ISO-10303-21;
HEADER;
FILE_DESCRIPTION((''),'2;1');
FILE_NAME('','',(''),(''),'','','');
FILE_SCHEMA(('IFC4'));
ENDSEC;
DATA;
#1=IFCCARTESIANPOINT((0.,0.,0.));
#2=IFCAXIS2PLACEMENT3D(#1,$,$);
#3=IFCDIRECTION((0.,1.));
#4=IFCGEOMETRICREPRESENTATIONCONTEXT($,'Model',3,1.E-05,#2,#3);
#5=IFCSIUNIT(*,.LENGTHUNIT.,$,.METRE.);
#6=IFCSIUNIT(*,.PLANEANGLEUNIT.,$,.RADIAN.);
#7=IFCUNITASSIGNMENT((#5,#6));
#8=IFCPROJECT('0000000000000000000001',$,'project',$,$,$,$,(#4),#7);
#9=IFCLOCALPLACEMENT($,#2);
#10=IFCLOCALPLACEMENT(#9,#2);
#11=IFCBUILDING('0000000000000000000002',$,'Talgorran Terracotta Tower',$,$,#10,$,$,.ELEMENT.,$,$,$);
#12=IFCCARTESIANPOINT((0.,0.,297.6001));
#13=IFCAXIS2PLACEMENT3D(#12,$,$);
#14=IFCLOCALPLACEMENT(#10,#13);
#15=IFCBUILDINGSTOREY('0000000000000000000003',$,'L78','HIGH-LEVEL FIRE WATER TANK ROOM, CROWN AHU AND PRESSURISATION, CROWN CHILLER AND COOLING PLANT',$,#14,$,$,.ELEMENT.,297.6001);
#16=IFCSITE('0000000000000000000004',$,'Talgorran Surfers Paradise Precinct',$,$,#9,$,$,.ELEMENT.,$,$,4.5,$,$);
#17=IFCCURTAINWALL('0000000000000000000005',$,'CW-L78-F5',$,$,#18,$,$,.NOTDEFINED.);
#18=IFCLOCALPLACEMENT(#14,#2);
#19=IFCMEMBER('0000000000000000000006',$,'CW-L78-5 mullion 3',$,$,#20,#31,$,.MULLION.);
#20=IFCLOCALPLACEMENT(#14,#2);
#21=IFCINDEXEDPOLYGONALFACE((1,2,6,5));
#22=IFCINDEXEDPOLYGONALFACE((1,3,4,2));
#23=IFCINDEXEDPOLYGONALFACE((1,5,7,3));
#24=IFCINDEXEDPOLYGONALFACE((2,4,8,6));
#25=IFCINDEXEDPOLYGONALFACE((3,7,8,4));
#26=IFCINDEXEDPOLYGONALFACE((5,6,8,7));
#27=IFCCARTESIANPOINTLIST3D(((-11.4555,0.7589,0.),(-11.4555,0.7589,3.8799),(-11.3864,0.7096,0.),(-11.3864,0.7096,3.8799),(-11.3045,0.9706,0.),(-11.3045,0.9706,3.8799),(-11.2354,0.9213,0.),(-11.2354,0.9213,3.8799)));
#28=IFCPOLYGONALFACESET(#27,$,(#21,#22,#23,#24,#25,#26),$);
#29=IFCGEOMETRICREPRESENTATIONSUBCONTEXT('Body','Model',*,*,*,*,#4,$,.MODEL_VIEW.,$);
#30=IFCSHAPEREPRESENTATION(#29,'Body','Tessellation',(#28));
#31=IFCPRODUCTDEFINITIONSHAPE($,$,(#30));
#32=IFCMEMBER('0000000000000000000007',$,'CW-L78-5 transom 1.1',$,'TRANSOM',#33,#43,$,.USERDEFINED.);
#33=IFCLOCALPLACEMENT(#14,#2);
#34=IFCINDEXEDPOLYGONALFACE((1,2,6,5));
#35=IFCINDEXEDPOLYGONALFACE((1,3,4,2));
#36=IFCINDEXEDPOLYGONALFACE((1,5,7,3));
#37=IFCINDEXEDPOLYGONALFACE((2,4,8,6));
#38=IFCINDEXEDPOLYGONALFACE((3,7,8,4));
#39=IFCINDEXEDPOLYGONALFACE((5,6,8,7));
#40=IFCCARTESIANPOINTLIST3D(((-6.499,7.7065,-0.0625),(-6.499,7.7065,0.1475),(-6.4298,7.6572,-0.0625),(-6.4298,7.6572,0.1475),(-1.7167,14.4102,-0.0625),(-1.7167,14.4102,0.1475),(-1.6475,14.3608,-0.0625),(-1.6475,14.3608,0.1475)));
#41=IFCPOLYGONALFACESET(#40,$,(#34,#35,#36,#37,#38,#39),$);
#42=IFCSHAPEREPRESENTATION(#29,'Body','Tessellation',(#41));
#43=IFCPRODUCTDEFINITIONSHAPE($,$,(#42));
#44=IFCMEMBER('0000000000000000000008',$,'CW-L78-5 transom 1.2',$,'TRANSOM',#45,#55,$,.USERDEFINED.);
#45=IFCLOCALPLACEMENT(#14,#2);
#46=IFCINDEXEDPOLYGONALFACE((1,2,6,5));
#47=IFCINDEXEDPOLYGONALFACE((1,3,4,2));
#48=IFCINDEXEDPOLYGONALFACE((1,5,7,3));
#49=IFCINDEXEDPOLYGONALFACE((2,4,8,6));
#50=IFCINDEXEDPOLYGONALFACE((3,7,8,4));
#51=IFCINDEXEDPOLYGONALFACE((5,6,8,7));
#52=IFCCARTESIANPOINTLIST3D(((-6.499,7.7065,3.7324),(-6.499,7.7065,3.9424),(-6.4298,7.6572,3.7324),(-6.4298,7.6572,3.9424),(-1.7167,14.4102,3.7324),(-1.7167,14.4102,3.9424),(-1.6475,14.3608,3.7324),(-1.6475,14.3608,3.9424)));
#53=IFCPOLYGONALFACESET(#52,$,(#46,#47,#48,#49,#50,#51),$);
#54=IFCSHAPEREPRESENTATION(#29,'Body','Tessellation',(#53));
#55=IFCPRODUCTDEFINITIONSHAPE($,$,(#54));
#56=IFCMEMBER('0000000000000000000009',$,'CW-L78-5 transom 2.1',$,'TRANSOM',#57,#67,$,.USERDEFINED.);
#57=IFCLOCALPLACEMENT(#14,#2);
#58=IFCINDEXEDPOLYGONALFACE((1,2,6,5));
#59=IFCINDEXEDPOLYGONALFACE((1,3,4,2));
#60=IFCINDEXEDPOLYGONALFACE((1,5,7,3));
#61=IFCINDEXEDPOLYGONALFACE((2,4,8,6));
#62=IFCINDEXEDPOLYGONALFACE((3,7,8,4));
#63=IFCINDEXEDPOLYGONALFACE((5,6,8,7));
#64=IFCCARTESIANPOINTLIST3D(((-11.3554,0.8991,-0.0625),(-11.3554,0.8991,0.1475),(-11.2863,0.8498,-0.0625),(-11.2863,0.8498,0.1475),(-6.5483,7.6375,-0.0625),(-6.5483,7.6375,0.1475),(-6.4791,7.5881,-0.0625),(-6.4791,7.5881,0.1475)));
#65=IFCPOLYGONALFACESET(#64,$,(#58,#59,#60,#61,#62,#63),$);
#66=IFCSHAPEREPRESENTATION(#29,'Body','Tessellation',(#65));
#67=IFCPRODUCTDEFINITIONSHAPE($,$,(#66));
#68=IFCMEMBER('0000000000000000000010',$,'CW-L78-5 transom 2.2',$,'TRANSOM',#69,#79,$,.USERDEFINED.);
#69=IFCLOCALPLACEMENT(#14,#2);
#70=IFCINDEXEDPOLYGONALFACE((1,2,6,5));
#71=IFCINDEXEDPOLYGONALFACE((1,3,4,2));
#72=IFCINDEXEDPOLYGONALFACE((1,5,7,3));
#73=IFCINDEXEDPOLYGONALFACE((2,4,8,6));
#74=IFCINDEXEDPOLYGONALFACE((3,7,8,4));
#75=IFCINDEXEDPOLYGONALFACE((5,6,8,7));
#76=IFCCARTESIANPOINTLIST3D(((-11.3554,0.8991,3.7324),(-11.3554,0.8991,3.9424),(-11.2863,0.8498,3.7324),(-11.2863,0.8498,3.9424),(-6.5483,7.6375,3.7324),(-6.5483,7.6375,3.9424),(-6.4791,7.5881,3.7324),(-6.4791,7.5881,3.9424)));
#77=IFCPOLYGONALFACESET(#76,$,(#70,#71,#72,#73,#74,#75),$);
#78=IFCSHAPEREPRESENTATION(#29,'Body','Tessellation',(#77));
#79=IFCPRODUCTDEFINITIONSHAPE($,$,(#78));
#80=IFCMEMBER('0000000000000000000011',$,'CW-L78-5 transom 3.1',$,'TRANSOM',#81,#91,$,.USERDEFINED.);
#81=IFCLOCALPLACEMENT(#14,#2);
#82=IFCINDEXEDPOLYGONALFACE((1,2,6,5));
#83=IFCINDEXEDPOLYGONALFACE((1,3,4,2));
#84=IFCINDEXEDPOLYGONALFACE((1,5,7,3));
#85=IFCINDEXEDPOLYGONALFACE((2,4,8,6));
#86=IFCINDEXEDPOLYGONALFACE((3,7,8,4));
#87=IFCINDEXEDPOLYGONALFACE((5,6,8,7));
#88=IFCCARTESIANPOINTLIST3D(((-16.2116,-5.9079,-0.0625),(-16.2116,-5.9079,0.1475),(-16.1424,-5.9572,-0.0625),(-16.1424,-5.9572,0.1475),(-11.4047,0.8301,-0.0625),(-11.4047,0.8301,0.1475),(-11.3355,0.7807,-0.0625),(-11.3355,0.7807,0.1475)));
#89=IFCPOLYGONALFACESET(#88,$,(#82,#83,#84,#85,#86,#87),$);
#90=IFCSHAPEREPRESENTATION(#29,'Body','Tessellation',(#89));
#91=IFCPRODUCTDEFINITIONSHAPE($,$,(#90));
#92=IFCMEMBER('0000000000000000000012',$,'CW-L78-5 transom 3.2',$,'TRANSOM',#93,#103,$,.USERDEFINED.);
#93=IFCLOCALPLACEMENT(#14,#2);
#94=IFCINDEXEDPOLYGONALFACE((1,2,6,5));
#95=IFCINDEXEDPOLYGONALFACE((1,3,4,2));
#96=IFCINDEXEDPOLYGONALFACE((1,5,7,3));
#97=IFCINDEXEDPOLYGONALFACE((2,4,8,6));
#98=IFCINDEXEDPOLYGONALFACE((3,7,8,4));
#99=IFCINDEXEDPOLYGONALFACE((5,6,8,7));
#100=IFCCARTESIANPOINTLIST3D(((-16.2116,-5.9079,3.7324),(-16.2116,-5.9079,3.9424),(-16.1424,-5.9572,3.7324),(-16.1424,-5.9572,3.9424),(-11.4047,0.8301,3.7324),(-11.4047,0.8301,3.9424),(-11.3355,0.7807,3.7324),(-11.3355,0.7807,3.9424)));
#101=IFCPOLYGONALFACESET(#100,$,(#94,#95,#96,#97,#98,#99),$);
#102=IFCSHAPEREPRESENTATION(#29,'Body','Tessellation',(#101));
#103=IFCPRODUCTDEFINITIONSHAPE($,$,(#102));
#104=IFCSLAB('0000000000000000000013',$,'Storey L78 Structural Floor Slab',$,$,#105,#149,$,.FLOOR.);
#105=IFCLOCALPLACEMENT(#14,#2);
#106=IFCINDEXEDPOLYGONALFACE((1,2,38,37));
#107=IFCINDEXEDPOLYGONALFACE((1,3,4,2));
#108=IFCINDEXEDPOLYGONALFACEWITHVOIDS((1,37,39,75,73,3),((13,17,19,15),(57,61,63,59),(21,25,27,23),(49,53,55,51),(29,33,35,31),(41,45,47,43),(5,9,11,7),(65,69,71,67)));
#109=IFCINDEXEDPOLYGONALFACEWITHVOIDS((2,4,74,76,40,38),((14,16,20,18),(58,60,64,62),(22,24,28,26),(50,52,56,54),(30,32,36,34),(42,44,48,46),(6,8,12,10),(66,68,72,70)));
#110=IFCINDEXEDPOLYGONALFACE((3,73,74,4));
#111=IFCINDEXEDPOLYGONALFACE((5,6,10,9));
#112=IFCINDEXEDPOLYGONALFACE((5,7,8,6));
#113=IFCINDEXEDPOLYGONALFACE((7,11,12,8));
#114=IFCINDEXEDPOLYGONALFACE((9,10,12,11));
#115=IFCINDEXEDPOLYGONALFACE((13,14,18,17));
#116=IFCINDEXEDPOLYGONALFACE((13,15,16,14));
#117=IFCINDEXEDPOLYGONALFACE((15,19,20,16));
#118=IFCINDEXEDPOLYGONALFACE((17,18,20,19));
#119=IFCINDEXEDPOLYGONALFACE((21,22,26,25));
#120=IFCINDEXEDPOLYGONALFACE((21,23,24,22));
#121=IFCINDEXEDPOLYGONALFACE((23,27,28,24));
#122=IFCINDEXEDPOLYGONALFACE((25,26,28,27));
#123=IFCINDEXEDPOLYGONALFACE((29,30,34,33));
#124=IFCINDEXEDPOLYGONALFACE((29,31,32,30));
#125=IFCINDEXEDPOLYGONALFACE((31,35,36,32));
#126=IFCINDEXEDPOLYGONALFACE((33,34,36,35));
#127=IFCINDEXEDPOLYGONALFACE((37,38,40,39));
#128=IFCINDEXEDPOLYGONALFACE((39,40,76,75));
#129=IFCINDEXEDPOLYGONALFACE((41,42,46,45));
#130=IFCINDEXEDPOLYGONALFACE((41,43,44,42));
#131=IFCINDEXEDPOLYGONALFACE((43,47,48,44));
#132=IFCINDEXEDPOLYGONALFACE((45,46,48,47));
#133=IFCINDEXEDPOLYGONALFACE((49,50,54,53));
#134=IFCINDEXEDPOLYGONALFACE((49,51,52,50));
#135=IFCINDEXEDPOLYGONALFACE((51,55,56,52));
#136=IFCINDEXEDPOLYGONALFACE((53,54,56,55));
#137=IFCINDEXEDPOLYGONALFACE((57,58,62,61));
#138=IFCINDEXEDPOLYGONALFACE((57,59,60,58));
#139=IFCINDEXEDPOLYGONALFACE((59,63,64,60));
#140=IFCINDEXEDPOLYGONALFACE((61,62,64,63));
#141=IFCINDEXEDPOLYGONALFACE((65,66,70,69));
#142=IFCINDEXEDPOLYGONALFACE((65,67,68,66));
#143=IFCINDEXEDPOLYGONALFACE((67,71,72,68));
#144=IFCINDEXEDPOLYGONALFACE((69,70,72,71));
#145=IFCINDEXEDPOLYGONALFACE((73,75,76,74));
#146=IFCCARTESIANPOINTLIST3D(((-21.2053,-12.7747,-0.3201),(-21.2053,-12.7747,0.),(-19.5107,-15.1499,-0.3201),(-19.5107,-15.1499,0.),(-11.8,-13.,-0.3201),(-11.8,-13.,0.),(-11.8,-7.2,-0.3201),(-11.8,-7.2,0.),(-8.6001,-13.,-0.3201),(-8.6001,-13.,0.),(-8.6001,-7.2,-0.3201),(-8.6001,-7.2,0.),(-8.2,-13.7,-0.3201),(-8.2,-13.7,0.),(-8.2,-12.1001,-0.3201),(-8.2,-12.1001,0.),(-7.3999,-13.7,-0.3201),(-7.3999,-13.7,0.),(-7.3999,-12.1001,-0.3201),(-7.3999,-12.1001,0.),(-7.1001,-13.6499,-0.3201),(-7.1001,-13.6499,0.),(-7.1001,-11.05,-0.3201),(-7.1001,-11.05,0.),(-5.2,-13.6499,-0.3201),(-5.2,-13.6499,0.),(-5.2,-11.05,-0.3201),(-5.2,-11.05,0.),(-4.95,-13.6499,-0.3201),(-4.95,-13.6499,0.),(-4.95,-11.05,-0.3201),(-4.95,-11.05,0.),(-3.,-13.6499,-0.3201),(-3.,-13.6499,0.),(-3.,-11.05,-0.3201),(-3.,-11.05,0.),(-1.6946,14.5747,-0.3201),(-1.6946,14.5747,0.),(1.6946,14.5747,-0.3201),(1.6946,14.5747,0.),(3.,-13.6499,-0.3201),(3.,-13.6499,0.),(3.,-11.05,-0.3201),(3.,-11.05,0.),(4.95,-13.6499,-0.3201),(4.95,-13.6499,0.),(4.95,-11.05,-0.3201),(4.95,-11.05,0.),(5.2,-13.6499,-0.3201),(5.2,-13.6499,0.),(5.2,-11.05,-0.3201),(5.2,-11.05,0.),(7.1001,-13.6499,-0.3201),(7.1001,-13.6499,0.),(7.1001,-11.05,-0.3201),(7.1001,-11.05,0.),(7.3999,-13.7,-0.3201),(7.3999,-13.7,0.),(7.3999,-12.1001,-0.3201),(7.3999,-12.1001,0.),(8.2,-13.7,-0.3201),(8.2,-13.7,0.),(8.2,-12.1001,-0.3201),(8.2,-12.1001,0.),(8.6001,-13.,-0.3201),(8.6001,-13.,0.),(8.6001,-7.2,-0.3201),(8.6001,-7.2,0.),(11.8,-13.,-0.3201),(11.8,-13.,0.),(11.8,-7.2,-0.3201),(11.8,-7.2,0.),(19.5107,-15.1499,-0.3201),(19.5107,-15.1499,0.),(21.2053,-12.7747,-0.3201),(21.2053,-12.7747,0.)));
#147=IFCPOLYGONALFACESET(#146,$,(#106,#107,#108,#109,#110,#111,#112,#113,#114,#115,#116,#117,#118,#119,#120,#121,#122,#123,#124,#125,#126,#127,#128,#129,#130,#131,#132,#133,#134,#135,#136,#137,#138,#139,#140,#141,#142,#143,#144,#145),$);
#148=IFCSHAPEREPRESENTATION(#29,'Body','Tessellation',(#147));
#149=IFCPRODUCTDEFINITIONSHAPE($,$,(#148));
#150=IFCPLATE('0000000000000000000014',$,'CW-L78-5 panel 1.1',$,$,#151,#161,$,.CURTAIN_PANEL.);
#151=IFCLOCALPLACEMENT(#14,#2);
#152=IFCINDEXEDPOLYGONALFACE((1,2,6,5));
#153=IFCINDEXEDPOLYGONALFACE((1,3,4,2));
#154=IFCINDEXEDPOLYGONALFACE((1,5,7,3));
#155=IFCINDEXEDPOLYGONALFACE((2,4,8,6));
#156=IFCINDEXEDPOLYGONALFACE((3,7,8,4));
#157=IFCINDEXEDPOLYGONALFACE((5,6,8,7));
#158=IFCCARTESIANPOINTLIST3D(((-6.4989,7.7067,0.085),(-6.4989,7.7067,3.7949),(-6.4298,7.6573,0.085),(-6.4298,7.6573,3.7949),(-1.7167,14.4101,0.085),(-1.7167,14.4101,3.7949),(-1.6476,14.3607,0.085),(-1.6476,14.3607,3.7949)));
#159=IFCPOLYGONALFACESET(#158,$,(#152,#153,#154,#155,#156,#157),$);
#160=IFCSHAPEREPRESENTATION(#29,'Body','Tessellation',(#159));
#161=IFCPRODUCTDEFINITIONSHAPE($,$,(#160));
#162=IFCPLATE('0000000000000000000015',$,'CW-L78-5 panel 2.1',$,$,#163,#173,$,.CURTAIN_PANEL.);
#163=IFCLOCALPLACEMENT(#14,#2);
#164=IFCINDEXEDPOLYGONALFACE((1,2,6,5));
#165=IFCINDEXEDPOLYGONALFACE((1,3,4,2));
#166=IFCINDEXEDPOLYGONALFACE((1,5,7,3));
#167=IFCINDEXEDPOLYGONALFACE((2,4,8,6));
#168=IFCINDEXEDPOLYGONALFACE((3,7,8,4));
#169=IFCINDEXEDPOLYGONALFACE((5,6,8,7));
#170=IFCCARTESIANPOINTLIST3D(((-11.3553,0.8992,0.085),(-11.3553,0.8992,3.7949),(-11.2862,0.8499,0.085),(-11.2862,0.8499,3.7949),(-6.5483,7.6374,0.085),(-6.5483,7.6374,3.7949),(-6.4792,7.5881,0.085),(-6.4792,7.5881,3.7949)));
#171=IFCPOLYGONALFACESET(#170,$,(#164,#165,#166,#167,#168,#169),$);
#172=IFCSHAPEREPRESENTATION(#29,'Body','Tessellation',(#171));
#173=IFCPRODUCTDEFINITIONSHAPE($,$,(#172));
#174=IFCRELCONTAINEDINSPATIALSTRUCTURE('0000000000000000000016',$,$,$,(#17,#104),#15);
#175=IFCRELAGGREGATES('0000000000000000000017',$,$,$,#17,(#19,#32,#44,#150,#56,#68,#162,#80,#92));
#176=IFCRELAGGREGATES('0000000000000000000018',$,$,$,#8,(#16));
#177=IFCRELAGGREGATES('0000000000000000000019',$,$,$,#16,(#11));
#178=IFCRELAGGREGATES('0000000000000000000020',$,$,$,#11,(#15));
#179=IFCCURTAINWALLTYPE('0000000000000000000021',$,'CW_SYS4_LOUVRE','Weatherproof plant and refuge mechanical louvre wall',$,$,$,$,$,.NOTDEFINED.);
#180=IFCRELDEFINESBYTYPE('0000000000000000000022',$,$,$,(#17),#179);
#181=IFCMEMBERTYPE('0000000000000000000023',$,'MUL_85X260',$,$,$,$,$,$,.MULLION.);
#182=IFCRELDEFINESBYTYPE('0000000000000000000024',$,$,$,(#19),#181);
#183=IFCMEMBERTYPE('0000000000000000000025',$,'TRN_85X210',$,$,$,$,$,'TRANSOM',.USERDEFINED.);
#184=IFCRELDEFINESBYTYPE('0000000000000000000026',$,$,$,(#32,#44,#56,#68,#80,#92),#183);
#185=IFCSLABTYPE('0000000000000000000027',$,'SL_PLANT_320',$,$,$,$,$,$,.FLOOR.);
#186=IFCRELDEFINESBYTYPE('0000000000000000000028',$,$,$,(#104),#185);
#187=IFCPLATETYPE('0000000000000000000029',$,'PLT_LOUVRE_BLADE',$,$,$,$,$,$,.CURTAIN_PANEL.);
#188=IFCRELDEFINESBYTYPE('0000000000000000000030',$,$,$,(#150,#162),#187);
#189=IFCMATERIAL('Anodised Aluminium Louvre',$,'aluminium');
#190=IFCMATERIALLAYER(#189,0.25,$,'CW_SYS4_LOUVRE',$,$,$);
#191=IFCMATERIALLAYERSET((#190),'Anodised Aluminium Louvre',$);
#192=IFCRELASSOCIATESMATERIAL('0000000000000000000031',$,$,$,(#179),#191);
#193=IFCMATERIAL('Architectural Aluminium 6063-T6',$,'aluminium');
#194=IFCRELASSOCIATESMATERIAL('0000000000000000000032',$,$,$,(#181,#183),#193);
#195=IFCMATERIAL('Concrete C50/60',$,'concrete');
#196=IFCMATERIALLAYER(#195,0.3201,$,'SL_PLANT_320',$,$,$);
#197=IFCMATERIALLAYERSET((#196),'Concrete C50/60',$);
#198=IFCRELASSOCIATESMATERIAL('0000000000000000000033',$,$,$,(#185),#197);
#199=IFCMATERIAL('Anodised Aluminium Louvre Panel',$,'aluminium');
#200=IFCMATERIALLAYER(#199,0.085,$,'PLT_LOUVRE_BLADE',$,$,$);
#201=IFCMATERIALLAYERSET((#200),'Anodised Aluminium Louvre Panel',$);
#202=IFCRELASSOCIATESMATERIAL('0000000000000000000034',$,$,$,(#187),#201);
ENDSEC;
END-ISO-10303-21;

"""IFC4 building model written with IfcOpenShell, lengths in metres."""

from ifc_helpers import new_model, si_unit, direction, frame, origin, origin_2d, place, context, subcontext, project, spatial, polyline, rectangle, outline, extrude, source, transform, mapped, material, layer, layer_set, material_profile, profile_set, type_object, type_shapes, element, aggregate, save


model = new_model("IFC4")

# Units and contexts
model_context = context("Model", 3, precision=1e-05, world=origin(), true_north=direction((0.0, 1.0)))
body_context = subcontext(model_context, "Body", "Model", "MODEL_VIEW")
ifc_project = project(units=[si_unit("LENGTHUNIT", "METRE"), si_unit("PLANEANGLEUNIT", "RADIAN")], contexts=[model_context])

# Site, building, storey
site_placement = place(None, origin())
site = spatial("IfcSite", under=ifc_project, at=site_placement, Name="Talgorran Surfers Paradise Precinct", CompositionType="ELEMENT", RefElevation=4.5)
building_placement = place(site_placement, origin())
building = spatial("IfcBuilding", under=site, at=building_placement, Name="Talgorran Terracotta Tower", CompositionType="ELEMENT")
storey_placement = place(building_placement, frame((0.0, 0.0, 297.6001)))
storey = spatial("IfcBuildingStorey", under=building, at=storey_placement, Name="L78", Description="HIGH-LEVEL FIRE WATER TANK ROOM, CROWN AHU AND PRESSURISATION, CROWN CHILLER AND COOLING PLANT", CompositionType="ELEMENT", Elevation=297.6001)

# Shared definitions
ifc_material_1 = material(Name="Anodised Aluminium Louvre", Category="aluminium")
ifc_layer_1 = layer(ifc_material_1, 0.25, Name="CW_SYS4_LOUVRE")
ifc_layer_set_1 = layer_set([ifc_layer_1], Name="Anodised Aluminium Louvre")
curtain_wall_type = type_object("IfcCurtainWallType", Name="CW_SYS4_LOUVRE", Description="Weatherproof plant and refuge mechanical louvre wall", PredefinedType="NOTDEFINED", material=ifc_layer_set_1)
ifc_material_2 = material(Name="Architectural Aluminium 6063-T6", Category="aluminium")
ifc_material_profile_1 = material_profile(ifc_material_2, rectangle(XDim=0.085, YDim=0.26, at=origin_2d()), Name="CWM85X260")
ifc_profile_set_1 = profile_set([ifc_material_profile_1], Name="Architectural Aluminium 6063-T6")
member_type_1 = type_object("IfcMemberType", Name="MUL_85X260", PredefinedType="MULLION", material=ifc_profile_set_1)

# Curtain wall, members
curtain_wall_1_placement = place(storey_placement, origin())
curtain_wall_1 = element("IfcCurtainWall", 1, at=curtain_wall_1_placement, inside=storey, type_object=curtain_wall_type, Name="CW-L78-F5", PredefinedType="NOTDEFINED")
member_1_placement = place(storey_placement, frame((-11.3455, 0.8401, 0.0), z_axis=(0.0, 0.0, 1.0), x_axis=(0.814076, -0.580758, 0.0)))
member_1 = element("IfcMember", 2, at=member_1_placement, type_object=member_type_1, Name="CW-L78-5 mullion 3", PredefinedType="MULLION", context=body_context, shape_type="SweptSolid", body=[
    extrude(rectangle(XDim=0.085, YDim=0.26, at=origin_2d()), origin(), (0.0, 0.0, 1.0), 3.8799),
])
ifc_material_profile_2 = material_profile(ifc_material_2, rectangle(XDim=0.085, YDim=0.21, at=origin_2d()), Name="CWT85X210")
ifc_profile_set_2 = profile_set([ifc_material_profile_2], Name="Architectural Aluminium 6063-T6")
member_type_2 = type_object("IfcMemberType", Name="TRN_85X210", ElementType="TRANSOM", PredefinedType="USERDEFINED", material=ifc_profile_set_2)
member_2_placement = place(storey_placement, frame((-1.6821, 14.3855, 0.0425), z_axis=(-0.58075, -0.814082, 0.0), x_axis=(0.814082, -0.58075, 0.0)))
member_2 = element("IfcMember", 3, at=member_2_placement, type_object=member_type_2, Name="CW-L78-5 transom 1.1", ObjectType="TRANSOM", PredefinedType="USERDEFINED", context=body_context, shape_type="SweptSolid", body=[
    extrude(rectangle(XDim=0.085, YDim=0.21, at=origin_2d()), origin(), (0.0, 0.0, 1.0), 8.2346),
])
member_3_placement = place(storey_placement, frame((-1.6821, 14.3855, 3.8374), z_axis=(-0.58075, -0.814082, 0.0), x_axis=(0.814082, -0.58075, 0.0)))
member_3 = element("IfcMember", 4, at=member_3_placement, type_object=member_type_2, Name="CW-L78-5 transom 1.2", ObjectType="TRANSOM", PredefinedType="USERDEFINED", context=body_context, shape_type="SweptSolid", body=[
    extrude(rectangle(XDim=0.085, YDim=0.21, at=origin_2d()), origin(), (0.0, 0.0, 1.0), 8.2346),
])
member_4_placement = place(storey_placement, frame((-6.5137, 7.6128, 0.0425), z_axis=(-0.580764, -0.814072, 0.0), x_axis=(0.814072, -0.580764, 0.0)))
member_4 = element("IfcMember", 5, at=member_4_placement, type_object=member_type_2, Name="CW-L78-5 transom 2.1", ObjectType="TRANSOM", PredefinedType="USERDEFINED", context=body_context, shape_type="SweptSolid", body=[
    extrude(rectangle(XDim=0.085, YDim=0.21, at=origin_2d()), origin(), (0.0, 0.0, 1.0), 8.2773),
])
member_5_placement = place(storey_placement, frame((-6.5137, 7.6128, 3.8374), z_axis=(-0.580764, -0.814072, 0.0), x_axis=(0.814072, -0.580764, 0.0)))
member_5 = element("IfcMember", 6, at=member_5_placement, type_object=member_type_2, Name="CW-L78-5 transom 2.2", ObjectType="TRANSOM", PredefinedType="USERDEFINED", context=body_context, shape_type="SweptSolid", body=[
    extrude(rectangle(XDim=0.085, YDim=0.21, at=origin_2d()), origin(), (0.0, 0.0, 1.0), 8.2773),
])
member_6_placement = place(storey_placement, frame((-11.3701, 0.8054, 0.0425), z_axis=(-0.580758, -0.814076, 0.0), x_axis=(0.814076, -0.580758, 0.0)))
member_6 = element("IfcMember", 7, at=member_6_placement, type_object=member_type_2, Name="CW-L78-5 transom 3.1", ObjectType="TRANSOM", PredefinedType="USERDEFINED", context=body_context, shape_type="SweptSolid", body=[
    extrude(rectangle(XDim=0.085, YDim=0.21, at=origin_2d()), origin(), (0.0, 0.0, 1.0), 8.2769),
])
member_7_placement = place(storey_placement, frame((-11.3701, 0.8054, 3.8374), z_axis=(-0.580758, -0.814076, 0.0), x_axis=(0.814076, -0.580758, 0.0)))
member_7 = element("IfcMember", 8, at=member_7_placement, type_object=member_type_2, Name="CW-L78-5 transom 3.2", ObjectType="TRANSOM", PredefinedType="USERDEFINED", context=body_context, shape_type="SweptSolid", body=[
    extrude(rectangle(XDim=0.085, YDim=0.21, at=origin_2d()), origin(), (0.0, 0.0, 1.0), 8.2769),
])

# Slab
ifc_material_3 = material(Name="Concrete C50/60", Category="concrete")
ifc_layer_2 = layer(ifc_material_3, 0.3201, Name="SL_PLANT_320")
ifc_layer_set_2 = layer_set([ifc_layer_2], Name="Concrete C50/60")
slab_type = type_object("IfcSlabType", Name="SL_PLANT_320", PredefinedType="FLOOR", material=ifc_layer_set_2)
slab_placement = place(storey_placement, frame((0.0, 0.0, -0.3201)))
element("IfcSlab", 9, at=slab_placement, inside=storey, type_object=slab_type, Name="Storey L78 Structural Floor Slab", PredefinedType="FLOOR", context=body_context, shape_type="SweptSolid", body=[
    extrude(outline(polyline([(-21.2053, -12.7747), (-19.5107, -15.1499), (19.5107, -15.1499), (21.2053, -12.7747), (1.6946, 14.5747), (-1.6946, 14.5747), (-21.2053, -12.7747)]), holes=[polyline([(-11.8, -7.2), (-11.8, -13.0), (-8.6001, -13.0), (-8.6001, -7.2), (-11.8, -7.2)]), polyline([(8.6001, -7.2), (8.6001, -13.0), (11.8, -13.0), (11.8, -7.2), (8.6001, -7.2)]), polyline([(-7.1001, -13.6499), (-5.2, -13.6499), (-5.2, -11.05), (-7.1001, -11.05), (-7.1001, -13.6499)]), polyline([(5.2, -13.6499), (7.1001, -13.6499), (7.1001, -11.05), (5.2, -11.05), (5.2, -13.6499)]), polyline([(3.0, -13.6499), (4.95, -13.6499), (4.95, -11.05), (3.0, -11.05), (3.0, -13.6499)]), polyline([(-4.95, -13.6499), (-3.0, -13.6499), (-3.0, -11.05), (-4.95, -11.05), (-4.95, -13.6499)]), polyline([(-8.2, -13.7), (-7.3999, -13.7), (-7.3999, -12.1001), (-8.2, -12.1001), (-8.2, -13.7)]), polyline([(7.3999, -13.7), (8.2, -13.7), (8.2, -12.1001), (7.3999, -12.1001), (7.3999, -13.7)])]), origin(), (0.0, 0.0, 1.0), 0.3201),
])

# Plates
ifc_material_4 = material(Name="Anodised Aluminium Louvre Panel", Category="aluminium")
ifc_layer_3 = layer(ifc_material_4, 0.085, Name="PLT_LOUVRE_BLADE")
ifc_layer_set_3 = layer_set([ifc_layer_3], Name="Anodised Aluminium Louvre Panel")
plate_type = type_object("IfcPlateType", Name="PLT_LOUVRE_BLADE", PredefinedType="CURTAIN_PANEL", material=ifc_layer_set_3)
shared_shape_1 = source(origin(), body_context, "Body", "SweptSolid", [
    extrude(rectangle(XDim=8.2344, YDim=0.085, at=origin_2d()), origin(), (0.0, 0.0, 1.0), 3.71),
])
plate_1_placement = place(storey_placement, frame((-4.0732, 11.0337, 0.085), z_axis=(0.0, 0.0, 1.0), x_axis=(-0.580758, -0.814076, 0.0)))
plate_1 = element("IfcPlate", 10, at=plate_1_placement, type_object=plate_type, Name="CW-L78-5 panel 1.1", PredefinedType="CURTAIN_PANEL", context=body_context, shape_type="MappedRepresentation", body=[
    mapped(shared_shape_1, transform((0.0, 0.0, 0.0), scale=1.0)),
])
shared_shape_2 = source(origin(), body_context, "Body", "SweptSolid", [
    extrude(rectangle(XDim=8.2771, YDim=0.085, at=origin_2d()), origin(), (0.0, 0.0, 1.0), 3.71),
])
type_shapes(plate_type, [shared_shape_1, shared_shape_2])
plate_2_placement = place(storey_placement, frame((-8.9172, 4.2437, 0.085), z_axis=(0.0, 0.0, 1.0), x_axis=(-0.580758, -0.814076, 0.0)))
plate_2 = element("IfcPlate", 11, at=plate_2_placement, type_object=plate_type, Name="CW-L78-5 panel 2.1", PredefinedType="CURTAIN_PANEL", context=body_context, shape_type="MappedRepresentation", body=[
    mapped(shared_shape_2, transform((0.0, 0.0, 0.0), scale=1.0)),
])
aggregate(curtain_wall_1, [member_1, member_2, member_3, plate_1, member_4, member_5, plate_2, member_6, member_7])

save(model, "model.ifc")
